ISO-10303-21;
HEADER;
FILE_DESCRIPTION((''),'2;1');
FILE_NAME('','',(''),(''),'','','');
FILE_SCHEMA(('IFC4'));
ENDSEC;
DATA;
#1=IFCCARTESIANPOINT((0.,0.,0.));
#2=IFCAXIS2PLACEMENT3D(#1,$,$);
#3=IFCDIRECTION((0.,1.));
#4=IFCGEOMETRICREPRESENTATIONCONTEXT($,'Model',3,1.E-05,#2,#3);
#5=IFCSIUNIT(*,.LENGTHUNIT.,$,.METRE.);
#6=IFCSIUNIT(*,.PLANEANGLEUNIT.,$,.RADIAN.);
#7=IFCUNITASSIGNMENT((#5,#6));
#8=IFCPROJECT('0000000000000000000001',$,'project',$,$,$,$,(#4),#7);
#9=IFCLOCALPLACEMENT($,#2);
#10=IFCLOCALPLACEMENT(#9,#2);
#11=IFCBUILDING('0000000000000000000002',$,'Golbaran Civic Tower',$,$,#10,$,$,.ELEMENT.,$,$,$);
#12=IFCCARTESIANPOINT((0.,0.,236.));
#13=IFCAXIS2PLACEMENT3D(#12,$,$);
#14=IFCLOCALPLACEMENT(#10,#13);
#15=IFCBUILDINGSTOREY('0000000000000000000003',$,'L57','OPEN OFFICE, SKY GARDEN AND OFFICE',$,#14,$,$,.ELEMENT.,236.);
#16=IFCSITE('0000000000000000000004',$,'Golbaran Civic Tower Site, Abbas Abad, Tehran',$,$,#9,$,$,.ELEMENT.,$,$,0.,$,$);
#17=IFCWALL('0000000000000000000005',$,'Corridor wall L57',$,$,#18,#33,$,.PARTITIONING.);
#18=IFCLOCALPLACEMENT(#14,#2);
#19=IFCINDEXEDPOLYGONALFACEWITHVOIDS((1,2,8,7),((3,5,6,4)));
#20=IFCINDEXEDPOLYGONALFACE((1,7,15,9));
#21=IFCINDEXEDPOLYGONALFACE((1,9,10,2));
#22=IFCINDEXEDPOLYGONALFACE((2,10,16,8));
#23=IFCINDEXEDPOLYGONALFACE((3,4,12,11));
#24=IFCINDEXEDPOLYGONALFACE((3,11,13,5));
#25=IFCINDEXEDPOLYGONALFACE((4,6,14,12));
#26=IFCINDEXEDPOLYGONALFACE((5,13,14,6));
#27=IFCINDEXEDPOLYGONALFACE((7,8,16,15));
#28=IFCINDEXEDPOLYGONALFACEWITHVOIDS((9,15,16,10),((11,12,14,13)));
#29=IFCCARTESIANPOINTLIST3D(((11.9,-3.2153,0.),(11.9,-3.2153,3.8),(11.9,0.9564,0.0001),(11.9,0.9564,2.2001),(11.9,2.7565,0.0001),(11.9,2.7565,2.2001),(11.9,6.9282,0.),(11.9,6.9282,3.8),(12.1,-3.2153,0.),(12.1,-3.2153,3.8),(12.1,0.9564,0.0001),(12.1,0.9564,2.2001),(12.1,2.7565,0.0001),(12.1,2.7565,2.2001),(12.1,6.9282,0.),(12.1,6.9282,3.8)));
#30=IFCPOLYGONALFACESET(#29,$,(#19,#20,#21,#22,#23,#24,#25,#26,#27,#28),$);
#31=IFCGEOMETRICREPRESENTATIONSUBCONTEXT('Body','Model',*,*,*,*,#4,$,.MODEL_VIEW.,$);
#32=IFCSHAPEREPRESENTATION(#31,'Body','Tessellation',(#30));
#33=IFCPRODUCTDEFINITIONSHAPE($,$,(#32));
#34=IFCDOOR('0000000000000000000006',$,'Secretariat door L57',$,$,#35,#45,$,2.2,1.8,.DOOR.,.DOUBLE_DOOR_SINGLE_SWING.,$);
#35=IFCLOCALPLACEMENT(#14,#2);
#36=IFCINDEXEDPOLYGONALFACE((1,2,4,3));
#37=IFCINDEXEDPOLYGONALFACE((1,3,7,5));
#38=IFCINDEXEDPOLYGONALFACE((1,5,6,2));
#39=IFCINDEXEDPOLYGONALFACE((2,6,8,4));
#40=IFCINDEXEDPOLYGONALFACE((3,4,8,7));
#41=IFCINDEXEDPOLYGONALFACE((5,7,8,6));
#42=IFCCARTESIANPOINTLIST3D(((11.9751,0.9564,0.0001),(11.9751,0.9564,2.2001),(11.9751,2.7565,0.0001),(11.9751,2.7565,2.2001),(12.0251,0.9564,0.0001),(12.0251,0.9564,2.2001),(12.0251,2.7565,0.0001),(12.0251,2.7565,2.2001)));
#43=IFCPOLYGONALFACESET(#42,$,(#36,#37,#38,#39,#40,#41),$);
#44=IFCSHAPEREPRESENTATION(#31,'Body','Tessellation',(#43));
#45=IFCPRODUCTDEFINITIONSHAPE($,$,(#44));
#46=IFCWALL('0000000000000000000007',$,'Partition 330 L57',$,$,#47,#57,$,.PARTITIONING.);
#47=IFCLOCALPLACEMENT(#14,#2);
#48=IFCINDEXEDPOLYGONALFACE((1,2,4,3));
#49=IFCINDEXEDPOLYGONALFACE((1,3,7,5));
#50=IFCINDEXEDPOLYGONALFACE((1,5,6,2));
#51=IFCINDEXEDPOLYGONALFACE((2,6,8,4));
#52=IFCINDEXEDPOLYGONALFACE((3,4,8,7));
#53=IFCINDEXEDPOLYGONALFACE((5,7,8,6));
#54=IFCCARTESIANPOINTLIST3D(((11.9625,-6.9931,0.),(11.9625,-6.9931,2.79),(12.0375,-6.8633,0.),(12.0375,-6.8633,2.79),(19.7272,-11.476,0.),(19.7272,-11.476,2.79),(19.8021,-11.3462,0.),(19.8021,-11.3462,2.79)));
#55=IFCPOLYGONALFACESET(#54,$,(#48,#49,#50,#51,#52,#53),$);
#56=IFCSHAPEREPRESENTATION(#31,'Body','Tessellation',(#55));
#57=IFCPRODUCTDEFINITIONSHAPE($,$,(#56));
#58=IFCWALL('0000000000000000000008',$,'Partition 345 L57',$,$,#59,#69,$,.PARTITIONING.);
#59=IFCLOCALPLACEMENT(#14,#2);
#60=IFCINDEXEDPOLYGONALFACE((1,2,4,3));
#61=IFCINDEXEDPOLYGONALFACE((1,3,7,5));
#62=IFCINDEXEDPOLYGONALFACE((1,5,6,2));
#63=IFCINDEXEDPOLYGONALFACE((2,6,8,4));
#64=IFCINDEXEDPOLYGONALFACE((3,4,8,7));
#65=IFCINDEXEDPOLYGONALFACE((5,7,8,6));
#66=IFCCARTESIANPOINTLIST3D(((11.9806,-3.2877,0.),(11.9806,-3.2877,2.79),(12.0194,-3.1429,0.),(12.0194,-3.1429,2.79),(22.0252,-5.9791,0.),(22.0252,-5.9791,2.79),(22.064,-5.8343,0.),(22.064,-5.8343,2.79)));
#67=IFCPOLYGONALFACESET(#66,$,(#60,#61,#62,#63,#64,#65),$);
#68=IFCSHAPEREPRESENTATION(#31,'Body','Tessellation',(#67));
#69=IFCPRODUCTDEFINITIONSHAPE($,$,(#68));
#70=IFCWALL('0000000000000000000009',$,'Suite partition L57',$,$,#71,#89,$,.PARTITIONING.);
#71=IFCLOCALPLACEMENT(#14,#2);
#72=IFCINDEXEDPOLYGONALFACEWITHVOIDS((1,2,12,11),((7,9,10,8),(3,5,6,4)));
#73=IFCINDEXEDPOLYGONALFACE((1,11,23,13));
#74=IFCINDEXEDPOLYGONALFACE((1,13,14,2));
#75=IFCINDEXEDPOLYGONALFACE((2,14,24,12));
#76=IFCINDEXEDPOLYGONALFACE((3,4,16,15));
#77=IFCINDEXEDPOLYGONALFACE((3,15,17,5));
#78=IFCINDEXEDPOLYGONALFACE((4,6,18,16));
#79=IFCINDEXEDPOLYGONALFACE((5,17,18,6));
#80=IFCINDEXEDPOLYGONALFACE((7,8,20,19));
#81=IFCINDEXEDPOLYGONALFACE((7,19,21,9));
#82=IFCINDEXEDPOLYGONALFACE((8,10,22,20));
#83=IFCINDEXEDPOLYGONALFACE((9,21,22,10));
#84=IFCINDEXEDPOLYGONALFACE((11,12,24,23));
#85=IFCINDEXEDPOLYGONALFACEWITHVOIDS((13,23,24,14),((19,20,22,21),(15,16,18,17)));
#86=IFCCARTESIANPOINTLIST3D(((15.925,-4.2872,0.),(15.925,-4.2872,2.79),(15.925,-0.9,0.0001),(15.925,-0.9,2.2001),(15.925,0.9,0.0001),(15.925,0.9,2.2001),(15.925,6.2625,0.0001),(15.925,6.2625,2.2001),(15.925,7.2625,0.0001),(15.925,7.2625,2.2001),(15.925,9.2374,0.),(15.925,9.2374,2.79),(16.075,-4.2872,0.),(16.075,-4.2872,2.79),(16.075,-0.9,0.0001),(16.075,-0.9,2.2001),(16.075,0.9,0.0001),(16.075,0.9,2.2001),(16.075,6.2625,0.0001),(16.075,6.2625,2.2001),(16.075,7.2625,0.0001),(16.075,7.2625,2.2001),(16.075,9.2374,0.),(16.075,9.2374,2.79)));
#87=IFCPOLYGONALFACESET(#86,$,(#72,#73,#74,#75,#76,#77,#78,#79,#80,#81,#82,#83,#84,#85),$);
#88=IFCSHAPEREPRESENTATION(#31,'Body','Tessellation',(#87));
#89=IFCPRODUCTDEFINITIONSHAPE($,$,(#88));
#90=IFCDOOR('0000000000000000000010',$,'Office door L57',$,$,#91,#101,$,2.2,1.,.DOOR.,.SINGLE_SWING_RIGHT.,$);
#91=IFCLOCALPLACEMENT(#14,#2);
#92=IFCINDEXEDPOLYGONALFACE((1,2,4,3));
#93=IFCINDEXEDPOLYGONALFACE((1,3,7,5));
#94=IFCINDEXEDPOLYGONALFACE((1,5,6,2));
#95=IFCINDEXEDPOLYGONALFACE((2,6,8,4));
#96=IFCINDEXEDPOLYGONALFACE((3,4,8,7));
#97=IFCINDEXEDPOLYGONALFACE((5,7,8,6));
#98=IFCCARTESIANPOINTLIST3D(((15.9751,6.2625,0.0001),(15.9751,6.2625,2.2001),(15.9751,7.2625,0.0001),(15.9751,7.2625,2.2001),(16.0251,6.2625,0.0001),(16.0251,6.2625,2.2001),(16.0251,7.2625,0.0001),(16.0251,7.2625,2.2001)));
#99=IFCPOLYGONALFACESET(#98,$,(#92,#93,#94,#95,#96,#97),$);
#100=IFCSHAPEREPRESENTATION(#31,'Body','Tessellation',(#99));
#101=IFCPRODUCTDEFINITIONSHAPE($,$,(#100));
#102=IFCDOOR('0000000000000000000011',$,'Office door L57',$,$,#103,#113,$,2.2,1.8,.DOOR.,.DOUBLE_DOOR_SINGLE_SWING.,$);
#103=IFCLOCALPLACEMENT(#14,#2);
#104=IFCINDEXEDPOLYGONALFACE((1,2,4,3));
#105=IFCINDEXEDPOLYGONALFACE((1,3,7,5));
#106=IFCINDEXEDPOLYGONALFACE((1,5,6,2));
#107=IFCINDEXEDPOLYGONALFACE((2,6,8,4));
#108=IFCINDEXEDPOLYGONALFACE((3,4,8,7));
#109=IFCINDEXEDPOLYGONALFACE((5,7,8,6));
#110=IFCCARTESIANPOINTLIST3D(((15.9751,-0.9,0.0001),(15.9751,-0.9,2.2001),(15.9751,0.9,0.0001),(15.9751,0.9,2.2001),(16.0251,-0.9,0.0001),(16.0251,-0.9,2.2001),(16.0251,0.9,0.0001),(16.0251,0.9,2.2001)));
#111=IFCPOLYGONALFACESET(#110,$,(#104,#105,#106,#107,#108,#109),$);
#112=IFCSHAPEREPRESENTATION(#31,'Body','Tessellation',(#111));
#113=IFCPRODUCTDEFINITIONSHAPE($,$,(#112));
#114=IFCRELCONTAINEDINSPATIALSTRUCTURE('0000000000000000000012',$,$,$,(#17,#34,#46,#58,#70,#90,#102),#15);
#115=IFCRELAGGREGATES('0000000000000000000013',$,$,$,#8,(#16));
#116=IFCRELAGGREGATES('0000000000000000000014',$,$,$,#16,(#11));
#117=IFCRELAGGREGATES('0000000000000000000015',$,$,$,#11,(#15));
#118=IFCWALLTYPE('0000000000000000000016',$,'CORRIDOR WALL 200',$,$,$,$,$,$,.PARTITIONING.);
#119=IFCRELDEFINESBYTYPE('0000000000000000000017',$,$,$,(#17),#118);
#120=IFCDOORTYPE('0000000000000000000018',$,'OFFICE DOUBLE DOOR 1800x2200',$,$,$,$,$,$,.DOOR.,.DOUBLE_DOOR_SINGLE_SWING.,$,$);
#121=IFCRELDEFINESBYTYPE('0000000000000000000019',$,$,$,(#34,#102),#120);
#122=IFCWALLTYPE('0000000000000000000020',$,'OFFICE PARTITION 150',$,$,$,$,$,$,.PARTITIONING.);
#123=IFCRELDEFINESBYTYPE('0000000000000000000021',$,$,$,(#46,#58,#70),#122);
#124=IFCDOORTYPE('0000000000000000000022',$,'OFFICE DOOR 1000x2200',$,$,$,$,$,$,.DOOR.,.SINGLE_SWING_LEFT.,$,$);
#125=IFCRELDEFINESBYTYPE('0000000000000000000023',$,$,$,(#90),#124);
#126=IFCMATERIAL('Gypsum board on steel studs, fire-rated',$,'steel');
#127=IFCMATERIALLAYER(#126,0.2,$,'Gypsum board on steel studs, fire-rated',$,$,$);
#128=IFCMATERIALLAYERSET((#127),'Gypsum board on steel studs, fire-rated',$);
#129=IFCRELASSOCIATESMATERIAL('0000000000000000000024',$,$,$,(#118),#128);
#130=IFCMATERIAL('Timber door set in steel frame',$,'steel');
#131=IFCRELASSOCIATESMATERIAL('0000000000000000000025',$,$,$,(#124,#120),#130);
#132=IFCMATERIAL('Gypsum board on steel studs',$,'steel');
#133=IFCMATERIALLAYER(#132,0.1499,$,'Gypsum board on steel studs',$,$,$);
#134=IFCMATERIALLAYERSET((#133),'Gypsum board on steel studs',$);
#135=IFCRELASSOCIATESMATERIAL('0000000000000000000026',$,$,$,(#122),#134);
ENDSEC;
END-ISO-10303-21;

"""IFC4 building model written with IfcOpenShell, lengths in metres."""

from ifc_helpers import new_model, si_unit, direction, frame, frame_2d, origin, place, context, subcontext, project, spatial, rectangle, extrude, material, layer, layer_set, type_object, element, fill, save


model = new_model("IFC4")

# Units and contexts
model_context = context("Model", 3, precision=1e-05, world=origin(), true_north=direction((0.0, 1.0)))
body_context = subcontext(model_context, "Body", "Model", "MODEL_VIEW")
ifc_project = project(units=[si_unit("LENGTHUNIT", "METRE"), si_unit("PLANEANGLEUNIT", "RADIAN")], contexts=[model_context])

# Site, building, storey
site_placement = place(None, origin())
site = spatial("IfcSite", under=ifc_project, at=site_placement, Name="Golbaran Civic Tower Site, Abbas Abad, Tehran", CompositionType="ELEMENT", RefElevation=0.0)
building_placement = place(site_placement, origin())
building = spatial("IfcBuilding", under=site, at=building_placement, Name="Golbaran Civic Tower", CompositionType="ELEMENT")
storey_placement = place(building_placement, frame((0.0, 0.0, 236.0)))
storey = spatial("IfcBuildingStorey", under=building, at=storey_placement, Name="L57", Description="OPEN OFFICE, SKY GARDEN AND OFFICE", CompositionType="ELEMENT", Elevation=236.0)

# Wall, opening, door
ifc_material_1 = material(Name="Gypsum board on steel studs, fire-rated", Category="steel")
ifc_layer_1 = layer(ifc_material_1, 0.2, Name="Gypsum board on steel studs, fire-rated")
ifc_layer_set_1 = layer_set([ifc_layer_1], Name="Gypsum board on steel studs, fire-rated")
wall_type_1 = type_object("IfcWallType", Name="CORRIDOR WALL 200", PredefinedType="PARTITIONING", material=ifc_layer_set_1)
ifc_material_2 = material(Name="Timber door set in steel frame", Category="steel")
door_type_1 = type_object("IfcDoorType", Name="OFFICE DOOR 1000x2200", OperationType="SINGLE_SWING_LEFT", PredefinedType="DOOR", material=ifc_material_2)
wall_1_placement = place(storey_placement, frame((12.0, -3.2153, 0.0), z_axis=(0.0, 0.0, 1.0), x_axis=(0.0, 1.0, 0.0)))
wall_1 = element("IfcWall", 1, at=wall_1_placement, inside=storey, type_object=wall_type_1, Name="Corridor wall L57", PredefinedType="PARTITIONING", context=body_context, shape_type="SweptSolid", body=[
    extrude(rectangle(XDim=10.1436, YDim=0.2, at=frame_2d((5.0718, 0.0))), origin(), (0.0, 0.0, 1.0), 3.8),
])
opening_1_placement = place(wall_1_placement, frame((4.1719, 0.0, 0.0)))
opening_1 = element("IfcOpeningElement", 2, at=opening_1_placement, cuts=wall_1, PredefinedType="OPENING", context=body_context, shape_type="SweptSolid", body=[
    extrude(rectangle(XDim=1.8, YDim=2.2, at=frame_2d((0.8999, 1.1001))), frame((0.0, 0.1099, 0.0), z_axis=(0.0, -1.0, 0.0), x_axis=(1.0, 0.0, 0.0)), (0.0, 0.0, 1.0), 0.22),
])
door_type_2 = type_object("IfcDoorType", Name="OFFICE DOUBLE DOOR 1800x2200", OperationType="DOUBLE_DOOR_SINGLE_SWING", PredefinedType="DOOR", material=ifc_material_2)
door_1_placement = place(opening_1_placement, origin())
door_1 = element("IfcDoor", 3, at=door_1_placement, inside=storey, type_object=door_type_2, Name="Secretariat door L57", OperationType="DOUBLE_DOOR_SINGLE_SWING", OverallHeight=2.2, OverallWidth=1.8, PredefinedType="DOOR", context=body_context, shape_type="SweptSolid", body=[
    extrude(rectangle(XDim=1.8, YDim=2.2, at=frame_2d((0.8999, 1.1001))), frame((0.0, 0.0249, 0.0), z_axis=(0.0, -1.0, 0.0), x_axis=(1.0, 0.0, 0.0)), (0.0, 0.0, 1.0), 0.05),
])
fill(opening_1, door_1)

# Walls
ifc_material_3 = material(Name="Gypsum board on steel studs", Category="steel")
ifc_layer_2 = layer(ifc_material_3, 0.1499, Name="Gypsum board on steel studs")
ifc_layer_set_2 = layer_set([ifc_layer_2], Name="Gypsum board on steel studs")
wall_type_2 = type_object("IfcWallType", Name="OFFICE PARTITION 150", PredefinedType="PARTITIONING", material=ifc_layer_set_2)
wall_2_placement = place(storey_placement, frame((12.0, -6.9282, 0.0), z_axis=(0.0, 0.0, 1.0), x_axis=(0.866026, -0.499999, 0.0)))
element("IfcWall", 4, at=wall_2_placement, inside=storey, type_object=wall_type_2, Name="Partition 330 L57", PredefinedType="PARTITIONING", context=body_context, shape_type="SweptSolid", body=[
    extrude(rectangle(XDim=8.9658, YDim=0.1499, at=frame_2d((4.4829, 0.0))), origin(), (0.0, 0.0, 1.0), 2.79),
])
wall_3_placement = place(storey_placement, frame((12.0, -3.2153, 0.0), z_axis=(0.0, 0.0, 1.0), x_axis=(0.965927, -0.258814, 0.0)))
element("IfcWall", 5, at=wall_3_placement, inside=storey, type_object=wall_type_2, Name="Partition 345 L57", PredefinedType="PARTITIONING", context=body_context, shape_type="SweptSolid", body=[
    extrude(rectangle(XDim=10.3989, YDim=0.1499, at=frame_2d((5.1995, 0.0))), origin(), (0.0, 0.0, 1.0), 2.79),
])

# Wall, openings, doors
wall_4_placement = place(storey_placement, frame((16.0, -4.2871, 0.0), z_axis=(0.0, 0.0, 1.0), x_axis=(0.0, 1.0, 0.0)))
wall_4 = element("IfcWall", 6, at=wall_4_placement, inside=storey, type_object=wall_type_2, Name="Suite partition L57", PredefinedType="PARTITIONING", context=body_context, shape_type="SweptSolid", body=[
    extrude(rectangle(XDim=13.5247, YDim=0.1499, at=frame_2d((6.7622, 0.0))), origin(), (0.0, 0.0, 1.0), 2.79),
])
opening_2_placement = place(wall_4_placement, frame((3.3872, 0.0, 0.0)))
opening_2 = element("IfcOpeningElement", 7, at=opening_2_placement, cuts=wall_4, PredefinedType="OPENING", context=body_context, shape_type="SweptSolid", body=[
    extrude(rectangle(XDim=1.8, YDim=2.2, at=frame_2d((0.8999, 1.1001))), frame((0.0, 0.085, 0.0), z_axis=(0.0, -1.0, 0.0), x_axis=(1.0, 0.0, 0.0)), (0.0, 0.0, 1.0), 0.1699),
])
opening_3_placement = place(wall_4_placement, frame((10.5496, 0.0, 0.0)))
opening_3 = element("IfcOpeningElement", 8, at=opening_3_placement, cuts=wall_4, PredefinedType="OPENING", context=body_context, shape_type="SweptSolid", body=[
    extrude(rectangle(XDim=1.0, YDim=2.2, at=frame_2d((0.5, 1.1001))), frame((0.0, 0.085, 0.0), z_axis=(0.0, -1.0, 0.0), x_axis=(1.0, 0.0, 0.0)), (0.0, 0.0, 1.0), 0.1699),
])
door_2_placement = place(opening_3_placement, origin())
door_2 = element("IfcDoor", 9, at=door_2_placement, inside=storey, type_object=door_type_1, Name="Office door L57", OperationType="SINGLE_SWING_RIGHT", OverallHeight=2.2, OverallWidth=1.0, PredefinedType="DOOR", context=body_context, shape_type="SweptSolid", body=[
    extrude(rectangle(XDim=1.0, YDim=2.2, at=frame_2d((0.5, 1.1001))), frame((0.0, 0.0249, 0.0), z_axis=(0.0, -1.0, 0.0), x_axis=(1.0, 0.0, 0.0)), (0.0, 0.0, 1.0), 0.05),
])
fill(opening_3, door_2)
door_3_placement = place(opening_2_placement, origin())
door_3 = element("IfcDoor", 10, at=door_3_placement, inside=storey, type_object=door_type_2, Name="Office door L57", OperationType="DOUBLE_DOOR_SINGLE_SWING", OverallHeight=2.2, OverallWidth=1.8, PredefinedType="DOOR", context=body_context, shape_type="SweptSolid", body=[
    extrude(rectangle(XDim=1.8, YDim=2.2, at=frame_2d((0.8999, 1.1001))), frame((0.0, 0.0249, 0.0), z_axis=(0.0, -1.0, 0.0), x_axis=(1.0, 0.0, 0.0)), (0.0, 0.0, 1.0), 0.05),
])
fill(opening_2, door_3)

save(model, "model.ifc")
